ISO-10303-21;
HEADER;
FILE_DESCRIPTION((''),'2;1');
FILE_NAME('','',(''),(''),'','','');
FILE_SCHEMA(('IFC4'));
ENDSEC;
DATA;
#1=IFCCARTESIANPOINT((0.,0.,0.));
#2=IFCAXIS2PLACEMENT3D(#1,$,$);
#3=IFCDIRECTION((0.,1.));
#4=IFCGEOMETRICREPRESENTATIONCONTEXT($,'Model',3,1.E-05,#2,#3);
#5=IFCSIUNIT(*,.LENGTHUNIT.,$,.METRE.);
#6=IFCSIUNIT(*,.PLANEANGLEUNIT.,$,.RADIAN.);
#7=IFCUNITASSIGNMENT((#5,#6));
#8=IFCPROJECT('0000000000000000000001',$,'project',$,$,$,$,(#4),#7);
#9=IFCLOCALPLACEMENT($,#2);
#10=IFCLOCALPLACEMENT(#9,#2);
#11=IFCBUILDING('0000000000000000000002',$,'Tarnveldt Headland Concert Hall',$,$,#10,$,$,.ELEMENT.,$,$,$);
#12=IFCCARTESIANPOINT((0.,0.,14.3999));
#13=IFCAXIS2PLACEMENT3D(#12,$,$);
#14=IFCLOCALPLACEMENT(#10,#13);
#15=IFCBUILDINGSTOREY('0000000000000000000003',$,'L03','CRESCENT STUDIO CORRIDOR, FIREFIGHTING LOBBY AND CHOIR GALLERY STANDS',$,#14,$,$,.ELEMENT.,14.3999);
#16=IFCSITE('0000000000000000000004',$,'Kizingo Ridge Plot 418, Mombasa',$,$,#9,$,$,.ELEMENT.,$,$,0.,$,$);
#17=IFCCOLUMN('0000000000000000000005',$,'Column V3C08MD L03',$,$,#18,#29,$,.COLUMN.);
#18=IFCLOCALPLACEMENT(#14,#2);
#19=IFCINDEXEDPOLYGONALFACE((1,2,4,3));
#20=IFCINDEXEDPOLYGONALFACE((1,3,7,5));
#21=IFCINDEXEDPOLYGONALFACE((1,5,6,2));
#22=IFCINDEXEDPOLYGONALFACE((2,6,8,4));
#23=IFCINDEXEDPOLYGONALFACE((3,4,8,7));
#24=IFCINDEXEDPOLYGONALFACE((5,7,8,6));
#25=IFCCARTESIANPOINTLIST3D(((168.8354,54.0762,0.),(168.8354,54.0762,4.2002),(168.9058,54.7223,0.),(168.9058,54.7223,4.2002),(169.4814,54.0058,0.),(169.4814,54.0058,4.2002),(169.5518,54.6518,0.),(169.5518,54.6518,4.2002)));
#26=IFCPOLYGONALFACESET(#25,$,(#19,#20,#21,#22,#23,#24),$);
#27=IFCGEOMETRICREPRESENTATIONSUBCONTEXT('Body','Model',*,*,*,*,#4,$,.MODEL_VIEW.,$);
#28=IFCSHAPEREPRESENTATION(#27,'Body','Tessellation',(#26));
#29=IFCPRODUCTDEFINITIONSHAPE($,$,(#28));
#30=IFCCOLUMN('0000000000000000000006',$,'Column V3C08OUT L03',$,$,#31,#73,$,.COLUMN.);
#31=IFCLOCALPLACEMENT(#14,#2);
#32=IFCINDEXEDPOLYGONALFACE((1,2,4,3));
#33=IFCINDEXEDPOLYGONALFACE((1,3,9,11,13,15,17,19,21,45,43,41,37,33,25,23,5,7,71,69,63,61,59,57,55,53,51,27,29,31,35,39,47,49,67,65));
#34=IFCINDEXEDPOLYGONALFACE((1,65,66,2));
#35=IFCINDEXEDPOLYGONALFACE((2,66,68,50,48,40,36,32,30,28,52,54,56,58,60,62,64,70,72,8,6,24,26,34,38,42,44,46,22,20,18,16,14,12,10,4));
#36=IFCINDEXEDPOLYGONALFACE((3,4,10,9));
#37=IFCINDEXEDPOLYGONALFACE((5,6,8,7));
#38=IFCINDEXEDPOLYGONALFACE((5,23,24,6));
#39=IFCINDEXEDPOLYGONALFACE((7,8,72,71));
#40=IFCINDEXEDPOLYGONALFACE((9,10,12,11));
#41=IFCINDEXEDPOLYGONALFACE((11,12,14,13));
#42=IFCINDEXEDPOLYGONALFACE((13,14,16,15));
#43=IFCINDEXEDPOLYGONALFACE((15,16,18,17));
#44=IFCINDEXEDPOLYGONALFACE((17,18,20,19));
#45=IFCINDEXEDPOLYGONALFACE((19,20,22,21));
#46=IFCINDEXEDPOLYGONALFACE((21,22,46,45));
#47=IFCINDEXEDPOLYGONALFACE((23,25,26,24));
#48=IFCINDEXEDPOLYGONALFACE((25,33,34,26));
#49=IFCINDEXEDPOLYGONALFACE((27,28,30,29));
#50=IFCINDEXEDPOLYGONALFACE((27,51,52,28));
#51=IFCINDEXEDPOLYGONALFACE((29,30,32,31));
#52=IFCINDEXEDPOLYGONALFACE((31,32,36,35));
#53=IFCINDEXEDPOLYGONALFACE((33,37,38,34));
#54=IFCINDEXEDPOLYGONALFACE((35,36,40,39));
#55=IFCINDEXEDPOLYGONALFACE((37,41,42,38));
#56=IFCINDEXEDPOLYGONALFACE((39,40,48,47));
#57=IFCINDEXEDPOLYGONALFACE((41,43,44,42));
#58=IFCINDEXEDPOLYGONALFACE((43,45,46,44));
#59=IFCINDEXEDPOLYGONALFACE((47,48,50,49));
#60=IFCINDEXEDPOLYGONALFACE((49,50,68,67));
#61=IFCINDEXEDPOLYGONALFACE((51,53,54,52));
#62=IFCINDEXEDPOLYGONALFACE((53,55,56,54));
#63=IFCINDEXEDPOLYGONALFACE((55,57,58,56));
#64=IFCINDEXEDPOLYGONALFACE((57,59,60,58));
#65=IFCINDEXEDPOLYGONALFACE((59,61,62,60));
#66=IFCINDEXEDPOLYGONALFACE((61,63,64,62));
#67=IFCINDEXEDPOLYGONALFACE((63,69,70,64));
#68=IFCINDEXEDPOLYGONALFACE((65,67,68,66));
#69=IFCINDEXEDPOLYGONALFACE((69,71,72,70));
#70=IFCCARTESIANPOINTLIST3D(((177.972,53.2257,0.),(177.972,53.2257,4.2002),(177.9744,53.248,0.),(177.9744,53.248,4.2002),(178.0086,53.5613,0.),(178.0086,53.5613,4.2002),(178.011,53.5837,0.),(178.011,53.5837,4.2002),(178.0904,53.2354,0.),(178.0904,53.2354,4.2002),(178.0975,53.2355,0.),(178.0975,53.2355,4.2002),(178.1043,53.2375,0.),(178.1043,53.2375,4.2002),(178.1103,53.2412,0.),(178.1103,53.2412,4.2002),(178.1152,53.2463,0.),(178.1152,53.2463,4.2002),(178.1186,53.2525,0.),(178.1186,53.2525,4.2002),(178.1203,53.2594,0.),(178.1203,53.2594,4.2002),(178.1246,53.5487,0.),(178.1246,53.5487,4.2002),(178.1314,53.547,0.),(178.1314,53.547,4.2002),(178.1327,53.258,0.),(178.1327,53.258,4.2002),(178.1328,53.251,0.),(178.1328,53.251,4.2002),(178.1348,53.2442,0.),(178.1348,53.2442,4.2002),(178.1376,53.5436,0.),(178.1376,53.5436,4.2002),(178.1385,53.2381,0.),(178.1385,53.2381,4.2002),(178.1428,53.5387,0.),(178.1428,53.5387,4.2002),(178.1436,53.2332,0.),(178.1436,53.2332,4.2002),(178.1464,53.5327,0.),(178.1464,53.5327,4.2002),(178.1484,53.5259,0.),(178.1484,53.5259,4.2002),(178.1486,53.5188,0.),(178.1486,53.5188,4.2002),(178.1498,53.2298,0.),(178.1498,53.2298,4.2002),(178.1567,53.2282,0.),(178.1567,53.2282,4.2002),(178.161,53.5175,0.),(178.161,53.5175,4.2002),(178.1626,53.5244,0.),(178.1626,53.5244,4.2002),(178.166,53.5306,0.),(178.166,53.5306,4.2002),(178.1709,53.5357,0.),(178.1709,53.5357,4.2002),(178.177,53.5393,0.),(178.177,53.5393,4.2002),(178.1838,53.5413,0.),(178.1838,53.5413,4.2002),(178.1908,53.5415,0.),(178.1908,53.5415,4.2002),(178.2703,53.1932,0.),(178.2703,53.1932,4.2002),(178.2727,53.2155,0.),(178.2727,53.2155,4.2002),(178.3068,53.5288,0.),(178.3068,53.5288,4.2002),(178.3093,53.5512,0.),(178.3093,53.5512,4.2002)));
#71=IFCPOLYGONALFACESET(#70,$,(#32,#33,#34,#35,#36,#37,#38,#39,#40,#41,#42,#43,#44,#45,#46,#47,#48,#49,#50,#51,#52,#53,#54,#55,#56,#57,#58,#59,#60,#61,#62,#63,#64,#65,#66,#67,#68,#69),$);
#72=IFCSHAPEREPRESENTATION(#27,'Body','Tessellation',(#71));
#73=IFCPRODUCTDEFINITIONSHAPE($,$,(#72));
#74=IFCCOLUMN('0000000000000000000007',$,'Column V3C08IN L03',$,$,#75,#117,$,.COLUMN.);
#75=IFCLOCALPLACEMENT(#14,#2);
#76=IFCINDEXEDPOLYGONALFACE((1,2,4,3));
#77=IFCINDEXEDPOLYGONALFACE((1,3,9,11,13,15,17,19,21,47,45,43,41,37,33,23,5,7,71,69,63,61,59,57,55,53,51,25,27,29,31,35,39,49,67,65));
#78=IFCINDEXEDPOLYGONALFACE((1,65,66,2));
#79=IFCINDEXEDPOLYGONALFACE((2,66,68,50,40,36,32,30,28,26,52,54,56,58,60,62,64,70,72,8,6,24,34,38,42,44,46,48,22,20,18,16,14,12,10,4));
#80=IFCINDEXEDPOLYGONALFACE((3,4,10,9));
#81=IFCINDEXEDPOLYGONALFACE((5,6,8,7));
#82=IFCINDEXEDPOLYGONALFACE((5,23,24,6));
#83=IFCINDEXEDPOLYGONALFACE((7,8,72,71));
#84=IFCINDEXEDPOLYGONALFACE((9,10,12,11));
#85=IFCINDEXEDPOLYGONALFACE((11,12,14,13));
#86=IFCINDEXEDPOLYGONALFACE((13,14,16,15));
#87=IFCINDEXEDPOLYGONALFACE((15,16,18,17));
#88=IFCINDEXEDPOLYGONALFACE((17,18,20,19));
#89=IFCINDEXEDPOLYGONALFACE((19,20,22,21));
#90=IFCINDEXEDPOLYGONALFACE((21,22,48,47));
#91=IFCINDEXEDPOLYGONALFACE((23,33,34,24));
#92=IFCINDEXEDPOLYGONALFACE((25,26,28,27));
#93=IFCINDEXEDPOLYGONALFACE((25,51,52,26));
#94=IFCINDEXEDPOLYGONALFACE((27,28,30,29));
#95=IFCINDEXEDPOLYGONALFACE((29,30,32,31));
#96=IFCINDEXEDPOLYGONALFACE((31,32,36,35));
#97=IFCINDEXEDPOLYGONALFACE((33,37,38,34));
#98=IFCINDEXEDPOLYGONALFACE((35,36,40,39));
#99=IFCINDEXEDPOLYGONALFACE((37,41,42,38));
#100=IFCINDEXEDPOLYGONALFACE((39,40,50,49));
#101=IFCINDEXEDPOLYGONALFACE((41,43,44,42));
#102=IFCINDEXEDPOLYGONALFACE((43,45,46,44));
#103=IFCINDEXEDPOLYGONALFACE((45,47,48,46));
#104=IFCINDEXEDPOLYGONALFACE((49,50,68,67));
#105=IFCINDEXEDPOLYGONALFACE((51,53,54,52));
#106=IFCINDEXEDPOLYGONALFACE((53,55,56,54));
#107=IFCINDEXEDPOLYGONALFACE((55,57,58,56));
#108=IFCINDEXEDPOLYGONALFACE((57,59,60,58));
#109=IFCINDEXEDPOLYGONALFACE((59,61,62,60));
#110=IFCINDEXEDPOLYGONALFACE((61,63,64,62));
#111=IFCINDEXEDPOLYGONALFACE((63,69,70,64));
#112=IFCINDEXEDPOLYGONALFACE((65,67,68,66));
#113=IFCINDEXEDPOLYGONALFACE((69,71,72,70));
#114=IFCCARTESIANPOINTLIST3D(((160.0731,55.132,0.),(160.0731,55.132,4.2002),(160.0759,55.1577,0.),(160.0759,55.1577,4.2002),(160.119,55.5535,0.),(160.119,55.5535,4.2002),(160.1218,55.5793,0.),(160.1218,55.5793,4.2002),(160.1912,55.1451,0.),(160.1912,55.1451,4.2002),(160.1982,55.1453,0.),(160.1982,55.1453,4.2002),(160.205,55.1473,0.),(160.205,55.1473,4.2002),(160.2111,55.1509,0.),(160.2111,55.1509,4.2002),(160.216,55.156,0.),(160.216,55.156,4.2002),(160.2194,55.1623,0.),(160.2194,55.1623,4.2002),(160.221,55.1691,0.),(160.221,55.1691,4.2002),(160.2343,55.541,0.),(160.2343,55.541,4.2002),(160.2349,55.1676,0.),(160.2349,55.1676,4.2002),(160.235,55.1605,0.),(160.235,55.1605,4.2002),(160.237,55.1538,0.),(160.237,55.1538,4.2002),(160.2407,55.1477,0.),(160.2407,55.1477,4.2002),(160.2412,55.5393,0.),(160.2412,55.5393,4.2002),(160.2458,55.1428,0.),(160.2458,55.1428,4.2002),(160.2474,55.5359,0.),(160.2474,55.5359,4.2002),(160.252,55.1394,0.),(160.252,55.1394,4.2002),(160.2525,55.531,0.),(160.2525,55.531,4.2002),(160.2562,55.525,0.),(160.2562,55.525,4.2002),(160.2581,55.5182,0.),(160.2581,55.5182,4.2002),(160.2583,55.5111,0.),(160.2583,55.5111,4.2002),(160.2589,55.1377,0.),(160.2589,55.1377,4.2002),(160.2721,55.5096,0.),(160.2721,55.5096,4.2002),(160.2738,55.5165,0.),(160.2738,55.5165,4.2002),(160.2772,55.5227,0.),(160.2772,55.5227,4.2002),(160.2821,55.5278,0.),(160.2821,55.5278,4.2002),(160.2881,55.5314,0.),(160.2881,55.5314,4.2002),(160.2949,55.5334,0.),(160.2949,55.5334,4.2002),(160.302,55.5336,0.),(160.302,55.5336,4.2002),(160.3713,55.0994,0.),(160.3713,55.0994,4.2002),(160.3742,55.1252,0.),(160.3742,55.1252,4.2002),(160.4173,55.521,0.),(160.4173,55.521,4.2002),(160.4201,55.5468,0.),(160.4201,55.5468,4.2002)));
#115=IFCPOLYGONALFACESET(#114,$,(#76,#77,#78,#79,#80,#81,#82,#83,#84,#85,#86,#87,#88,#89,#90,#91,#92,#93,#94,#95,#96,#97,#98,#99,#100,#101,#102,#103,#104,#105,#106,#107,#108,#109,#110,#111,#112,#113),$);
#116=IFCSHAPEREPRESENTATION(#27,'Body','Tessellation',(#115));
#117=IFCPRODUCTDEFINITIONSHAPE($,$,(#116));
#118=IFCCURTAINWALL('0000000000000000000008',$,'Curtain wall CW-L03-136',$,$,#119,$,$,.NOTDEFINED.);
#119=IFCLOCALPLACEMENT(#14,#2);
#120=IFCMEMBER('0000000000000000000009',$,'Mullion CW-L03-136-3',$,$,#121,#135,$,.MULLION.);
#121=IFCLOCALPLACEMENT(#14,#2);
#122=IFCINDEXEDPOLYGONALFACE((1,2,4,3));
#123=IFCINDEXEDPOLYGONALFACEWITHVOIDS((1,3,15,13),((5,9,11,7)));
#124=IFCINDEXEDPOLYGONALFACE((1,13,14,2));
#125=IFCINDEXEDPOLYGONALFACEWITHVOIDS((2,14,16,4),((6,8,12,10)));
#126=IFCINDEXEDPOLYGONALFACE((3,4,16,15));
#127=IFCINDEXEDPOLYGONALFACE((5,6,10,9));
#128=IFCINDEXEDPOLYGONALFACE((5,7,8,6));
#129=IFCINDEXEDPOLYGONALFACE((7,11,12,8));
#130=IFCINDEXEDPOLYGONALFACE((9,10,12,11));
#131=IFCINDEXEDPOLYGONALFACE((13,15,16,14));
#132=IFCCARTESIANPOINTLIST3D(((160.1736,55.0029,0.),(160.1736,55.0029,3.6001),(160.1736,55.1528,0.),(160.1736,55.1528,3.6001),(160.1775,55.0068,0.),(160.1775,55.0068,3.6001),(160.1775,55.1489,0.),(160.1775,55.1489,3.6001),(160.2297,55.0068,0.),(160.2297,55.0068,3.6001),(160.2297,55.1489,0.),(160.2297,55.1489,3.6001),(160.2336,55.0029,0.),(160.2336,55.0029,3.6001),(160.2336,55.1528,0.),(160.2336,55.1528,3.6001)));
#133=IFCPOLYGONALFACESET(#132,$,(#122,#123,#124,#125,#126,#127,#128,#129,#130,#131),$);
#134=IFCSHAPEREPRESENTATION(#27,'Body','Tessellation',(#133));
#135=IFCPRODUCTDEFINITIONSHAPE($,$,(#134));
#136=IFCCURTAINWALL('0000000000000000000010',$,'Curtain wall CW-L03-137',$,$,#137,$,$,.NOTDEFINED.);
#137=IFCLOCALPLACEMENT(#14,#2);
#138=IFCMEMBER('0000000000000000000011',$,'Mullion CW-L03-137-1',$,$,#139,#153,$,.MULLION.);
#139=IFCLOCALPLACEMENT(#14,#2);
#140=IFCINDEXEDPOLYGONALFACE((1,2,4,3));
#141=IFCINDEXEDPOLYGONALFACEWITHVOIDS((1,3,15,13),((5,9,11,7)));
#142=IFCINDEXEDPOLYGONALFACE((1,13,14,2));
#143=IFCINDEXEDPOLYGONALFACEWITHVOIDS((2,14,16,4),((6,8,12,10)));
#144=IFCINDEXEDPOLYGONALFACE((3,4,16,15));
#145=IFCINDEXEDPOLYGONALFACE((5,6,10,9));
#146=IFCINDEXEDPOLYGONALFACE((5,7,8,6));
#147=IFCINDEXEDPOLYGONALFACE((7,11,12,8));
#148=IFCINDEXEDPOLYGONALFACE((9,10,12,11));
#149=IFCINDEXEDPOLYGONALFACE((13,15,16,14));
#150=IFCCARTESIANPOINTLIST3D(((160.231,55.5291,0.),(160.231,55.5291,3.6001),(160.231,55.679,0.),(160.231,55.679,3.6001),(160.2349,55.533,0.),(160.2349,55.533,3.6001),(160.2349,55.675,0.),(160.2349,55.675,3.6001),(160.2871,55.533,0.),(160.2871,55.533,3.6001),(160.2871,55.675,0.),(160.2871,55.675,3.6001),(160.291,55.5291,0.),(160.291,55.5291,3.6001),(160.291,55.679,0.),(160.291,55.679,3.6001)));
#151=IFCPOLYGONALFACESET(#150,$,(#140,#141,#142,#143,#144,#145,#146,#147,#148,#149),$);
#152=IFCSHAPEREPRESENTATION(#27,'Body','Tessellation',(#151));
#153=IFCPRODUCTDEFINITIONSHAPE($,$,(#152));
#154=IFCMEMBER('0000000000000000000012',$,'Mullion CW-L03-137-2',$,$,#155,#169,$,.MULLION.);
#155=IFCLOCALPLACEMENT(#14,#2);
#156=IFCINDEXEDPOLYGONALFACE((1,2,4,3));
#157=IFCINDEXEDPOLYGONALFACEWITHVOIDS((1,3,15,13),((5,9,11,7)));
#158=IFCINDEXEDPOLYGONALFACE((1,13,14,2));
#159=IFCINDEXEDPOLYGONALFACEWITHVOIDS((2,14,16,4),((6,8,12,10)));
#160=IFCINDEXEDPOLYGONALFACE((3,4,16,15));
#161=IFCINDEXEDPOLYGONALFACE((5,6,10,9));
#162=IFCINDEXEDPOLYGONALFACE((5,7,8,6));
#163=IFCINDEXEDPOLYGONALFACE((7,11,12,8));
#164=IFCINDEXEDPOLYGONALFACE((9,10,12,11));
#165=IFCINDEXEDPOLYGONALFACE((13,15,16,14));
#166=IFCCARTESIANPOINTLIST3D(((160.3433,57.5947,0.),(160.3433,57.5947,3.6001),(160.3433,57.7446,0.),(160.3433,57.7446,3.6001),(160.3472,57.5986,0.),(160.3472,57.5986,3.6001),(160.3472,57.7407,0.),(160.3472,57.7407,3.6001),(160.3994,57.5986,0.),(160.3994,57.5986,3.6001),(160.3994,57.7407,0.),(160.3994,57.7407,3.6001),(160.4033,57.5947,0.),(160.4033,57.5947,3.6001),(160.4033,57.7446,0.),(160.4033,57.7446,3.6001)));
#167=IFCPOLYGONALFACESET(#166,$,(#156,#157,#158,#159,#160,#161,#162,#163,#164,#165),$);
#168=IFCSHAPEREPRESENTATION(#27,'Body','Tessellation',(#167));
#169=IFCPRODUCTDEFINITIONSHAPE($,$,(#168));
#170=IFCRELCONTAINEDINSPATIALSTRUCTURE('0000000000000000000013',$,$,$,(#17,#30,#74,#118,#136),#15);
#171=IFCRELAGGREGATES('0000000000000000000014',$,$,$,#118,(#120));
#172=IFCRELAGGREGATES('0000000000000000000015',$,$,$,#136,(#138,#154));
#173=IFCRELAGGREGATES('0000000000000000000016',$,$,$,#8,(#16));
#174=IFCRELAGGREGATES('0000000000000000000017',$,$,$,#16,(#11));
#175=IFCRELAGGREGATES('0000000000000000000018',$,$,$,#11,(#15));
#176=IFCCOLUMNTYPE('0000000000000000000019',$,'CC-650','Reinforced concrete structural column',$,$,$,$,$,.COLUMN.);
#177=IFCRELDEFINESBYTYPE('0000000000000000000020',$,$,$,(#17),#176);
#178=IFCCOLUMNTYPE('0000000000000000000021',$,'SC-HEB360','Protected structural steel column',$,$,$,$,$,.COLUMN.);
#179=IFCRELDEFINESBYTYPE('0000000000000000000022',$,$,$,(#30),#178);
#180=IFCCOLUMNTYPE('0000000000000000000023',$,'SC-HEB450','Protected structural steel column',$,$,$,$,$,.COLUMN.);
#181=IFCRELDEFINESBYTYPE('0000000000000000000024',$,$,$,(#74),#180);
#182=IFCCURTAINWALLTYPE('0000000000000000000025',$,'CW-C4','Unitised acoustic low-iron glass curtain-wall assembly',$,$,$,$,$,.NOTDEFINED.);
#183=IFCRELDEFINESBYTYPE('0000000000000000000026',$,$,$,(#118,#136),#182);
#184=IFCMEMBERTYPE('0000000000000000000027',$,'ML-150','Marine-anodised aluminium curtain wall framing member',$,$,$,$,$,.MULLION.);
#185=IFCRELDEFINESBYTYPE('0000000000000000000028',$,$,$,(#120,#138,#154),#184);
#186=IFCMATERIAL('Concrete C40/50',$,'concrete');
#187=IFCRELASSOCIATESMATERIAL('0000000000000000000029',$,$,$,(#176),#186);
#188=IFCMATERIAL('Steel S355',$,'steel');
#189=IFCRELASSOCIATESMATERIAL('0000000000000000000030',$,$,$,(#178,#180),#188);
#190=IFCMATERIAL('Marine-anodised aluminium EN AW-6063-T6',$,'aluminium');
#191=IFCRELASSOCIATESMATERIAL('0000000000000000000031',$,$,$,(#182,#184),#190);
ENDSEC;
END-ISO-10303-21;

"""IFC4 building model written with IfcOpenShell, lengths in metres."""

from ifc_helpers import new_model, si_unit, direction, frame, origin, origin_2d, place, context, subcontext, project, spatial, rectangle, hollow_rectangle, i_section, extrude, material, material_profile, profile_set, type_object, element, aggregate, save


model = new_model("IFC4")

# Units and contexts
model_context = context("Model", 3, precision=1e-05, world=origin(), true_north=direction((0.0, 1.0)))
body_context = subcontext(model_context, "Body", "Model", "MODEL_VIEW")
ifc_project = project(units=[si_unit("LENGTHUNIT", "METRE"), si_unit("PLANEANGLEUNIT", "RADIAN")], contexts=[model_context])

# Site, building, storey
site_placement = place(None, origin())
site = spatial("IfcSite", under=ifc_project, at=site_placement, Name="Kizingo Ridge Plot 418, Mombasa", CompositionType="ELEMENT", RefElevation=0.0)
building_placement = place(site_placement, origin())
building = spatial("IfcBuilding", under=site, at=building_placement, Name="Tarnveldt Headland Concert Hall", CompositionType="ELEMENT")
storey_placement = place(building_placement, frame((0.0, 0.0, 14.3999)))
storey = spatial("IfcBuildingStorey", under=building, at=storey_placement, Name="L03", Description="CRESCENT STUDIO CORRIDOR, FIREFIGHTING LOBBY AND CHOIR GALLERY STANDS", CompositionType="ELEMENT", Elevation=14.3999)

# Columns
ifc_material_1 = material(Name="Concrete C40/50", Category="concrete")
ifc_material_profile_1 = material_profile(ifc_material_1, rectangle(XDim=0.6499, YDim=0.6499, at=origin_2d()), Name="RC 650x650", Category="concrete")
ifc_profile_set_1 = profile_set([ifc_material_profile_1], Name="Concrete C40/50")
column_type_1 = type_object("IfcColumnType", Name="CC-650", Description="Reinforced concrete structural column", PredefinedType="COLUMN", material=ifc_profile_set_1)
column_1_placement = place(storey_placement, frame((169.1936, 54.364, 0.0), z_axis=(0.0, 0.0, 1.0), x_axis=(0.994113, -0.108346, 0.0)))
element("IfcColumn", 1, at=column_1_placement, inside=storey, type_object=column_type_1, Name="Column V3C08MD L03", PredefinedType="COLUMN", context=body_context, shape_type="SweptSolid", body=[
    extrude(rectangle(XDim=0.6499, YDim=0.6499, at=origin_2d()), origin(), (0.0, 0.0, 1.0), 4.2002),
])
ifc_material_2 = material(Name="Steel S355", Category="steel")
ifc_material_profile_2 = material_profile(ifc_material_2, i_section(OverallWidth=0.3, OverallDepth=0.3601, WebThickness=0.0125, FlangeThickness=0.0225, FilletRadius=0.0271, at=origin_2d()), Name="HEB360", Category="steel")
ifc_profile_set_2 = profile_set([ifc_material_profile_2], Name="Steel S355")
column_type_2 = type_object("IfcColumnType", Name="SC-HEB360", Description="Protected structural steel column", PredefinedType="COLUMN", material=ifc_profile_set_2)
column_2_placement = place(storey_placement, frame((178.1406, 53.3884, 0.0), z_axis=(0.0, 0.0, 1.0), x_axis=(0.994113, -0.108346, 0.0)))
element("IfcColumn", 2, at=column_2_placement, inside=storey, type_object=column_type_2, Name="Column V3C08OUT L03", PredefinedType="COLUMN", context=body_context, shape_type="SweptSolid", body=[
    extrude(i_section(OverallWidth=0.3, OverallDepth=0.3601, WebThickness=0.0125, FlangeThickness=0.0225, FilletRadius=0.0271, at=origin_2d()), origin(), (0.0, 0.0, 1.0), 4.2002),
])
ifc_material_profile_3 = material_profile(ifc_material_2, i_section(OverallWidth=0.3, OverallDepth=0.45, WebThickness=0.0139, FlangeThickness=0.0259, FilletRadius=0.0271, at=origin_2d()), Name="HEB450", Category="steel")
ifc_profile_set_3 = profile_set([ifc_material_profile_3], Name="Steel S355")
column_type_3 = type_object("IfcColumnType", Name="SC-HEB450", Description="Protected structural steel column", PredefinedType="COLUMN", material=ifc_profile_set_3)
column_3_placement = place(storey_placement, frame((160.2466, 55.3394, 0.0), z_axis=(0.0, 0.0, 1.0), x_axis=(0.994113, -0.108346, 0.0)))
element("IfcColumn", 3, at=column_3_placement, inside=storey, type_object=column_type_3, Name="Column V3C08IN L03", PredefinedType="COLUMN", context=body_context, shape_type="SweptSolid", body=[
    extrude(i_section(OverallWidth=0.3, OverallDepth=0.45, WebThickness=0.0139, FlangeThickness=0.0259, FilletRadius=0.0271, at=origin_2d()), origin(), (0.0, 0.0, 1.0), 4.2002),
])

# Curtain wall, member
ifc_material_3 = material(Name="Marine-anodised aluminium EN AW-6063-T6", Category="aluminium")
curtain_wall_type = type_object("IfcCurtainWallType", Name="CW-C4", Description="Unitised acoustic low-iron glass curtain-wall assembly", PredefinedType="NOTDEFINED", material=ifc_material_3)
curtain_wall_1_placement = place(storey_placement, origin())
curtain_wall_1 = element("IfcCurtainWall", 4, at=curtain_wall_1_placement, inside=storey, type_object=curtain_wall_type, Name="Curtain wall CW-L03-136", PredefinedType="NOTDEFINED")
ifc_material_profile_4 = material_profile(ifc_material_3, hollow_rectangle(XDim=0.0601, YDim=0.1499, WallThickness=0.0039, at=origin_2d()), Name="ALU MULLION 60x150x4", Category="aluminium")
ifc_profile_set_4 = profile_set([ifc_material_profile_4], Name="Marine-anodised aluminium EN AW-6063-T6")
member_type_1 = type_object("IfcMemberType", Name="ML-150", Description="Marine-anodised aluminium curtain wall framing member", PredefinedType="MULLION", material=ifc_profile_set_4)
member_1_placement = place(storey_placement, frame((160.2036, 55.0779, 0.0), z_axis=(0.0, 0.0, 1.0), x_axis=(1.0, 0.0, 0.0)))
member_1 = element("IfcMember", 5, at=member_1_placement, type_object=member_type_1, Name="Mullion CW-L03-136-3", PredefinedType="MULLION", context=body_context, shape_type="SweptSolid", body=[
    extrude(hollow_rectangle(XDim=0.0601, YDim=0.1499, WallThickness=0.0039, at=origin_2d()), origin(), (0.0, 0.0, 1.0), 3.6001),
])

# Curtain wall, members
curtain_wall_2_placement = place(storey_placement, origin())
curtain_wall_2 = element("IfcCurtainWall", 6, at=curtain_wall_2_placement, inside=storey, type_object=curtain_wall_type, Name="Curtain wall CW-L03-137", PredefinedType="NOTDEFINED")
member_2_placement = place(storey_placement, frame((160.261, 55.604, 0.0), z_axis=(0.0, 0.0, 1.0), x_axis=(1.0, 0.0, 0.0)))
member_2 = element("IfcMember", 7, at=member_2_placement, type_object=member_type_1, Name="Mullion CW-L03-137-1", PredefinedType="MULLION", context=body_context, shape_type="SweptSolid", body=[
    extrude(hollow_rectangle(XDim=0.0601, YDim=0.1499, WallThickness=0.0039, at=origin_2d()), origin(), (0.0, 0.0, 1.0), 3.6001),
])
member_3_placement = place(storey_placement, frame((160.3733, 57.6697, 0.0), z_axis=(0.0, 0.0, 1.0), x_axis=(1.0, 0.0, 0.0)))
member_3 = element("IfcMember", 8, at=member_3_placement, type_object=member_type_1, Name="Mullion CW-L03-137-2", PredefinedType="MULLION", context=body_context, shape_type="SweptSolid", body=[
    extrude(hollow_rectangle(XDim=0.0601, YDim=0.1499, WallThickness=0.0039, at=origin_2d()), origin(), (0.0, 0.0, 1.0), 3.6001),
])

aggregate(curtain_wall_1, [member_1])
aggregate(curtain_wall_2, [member_2, member_3])

save(model, "model.ifc")
